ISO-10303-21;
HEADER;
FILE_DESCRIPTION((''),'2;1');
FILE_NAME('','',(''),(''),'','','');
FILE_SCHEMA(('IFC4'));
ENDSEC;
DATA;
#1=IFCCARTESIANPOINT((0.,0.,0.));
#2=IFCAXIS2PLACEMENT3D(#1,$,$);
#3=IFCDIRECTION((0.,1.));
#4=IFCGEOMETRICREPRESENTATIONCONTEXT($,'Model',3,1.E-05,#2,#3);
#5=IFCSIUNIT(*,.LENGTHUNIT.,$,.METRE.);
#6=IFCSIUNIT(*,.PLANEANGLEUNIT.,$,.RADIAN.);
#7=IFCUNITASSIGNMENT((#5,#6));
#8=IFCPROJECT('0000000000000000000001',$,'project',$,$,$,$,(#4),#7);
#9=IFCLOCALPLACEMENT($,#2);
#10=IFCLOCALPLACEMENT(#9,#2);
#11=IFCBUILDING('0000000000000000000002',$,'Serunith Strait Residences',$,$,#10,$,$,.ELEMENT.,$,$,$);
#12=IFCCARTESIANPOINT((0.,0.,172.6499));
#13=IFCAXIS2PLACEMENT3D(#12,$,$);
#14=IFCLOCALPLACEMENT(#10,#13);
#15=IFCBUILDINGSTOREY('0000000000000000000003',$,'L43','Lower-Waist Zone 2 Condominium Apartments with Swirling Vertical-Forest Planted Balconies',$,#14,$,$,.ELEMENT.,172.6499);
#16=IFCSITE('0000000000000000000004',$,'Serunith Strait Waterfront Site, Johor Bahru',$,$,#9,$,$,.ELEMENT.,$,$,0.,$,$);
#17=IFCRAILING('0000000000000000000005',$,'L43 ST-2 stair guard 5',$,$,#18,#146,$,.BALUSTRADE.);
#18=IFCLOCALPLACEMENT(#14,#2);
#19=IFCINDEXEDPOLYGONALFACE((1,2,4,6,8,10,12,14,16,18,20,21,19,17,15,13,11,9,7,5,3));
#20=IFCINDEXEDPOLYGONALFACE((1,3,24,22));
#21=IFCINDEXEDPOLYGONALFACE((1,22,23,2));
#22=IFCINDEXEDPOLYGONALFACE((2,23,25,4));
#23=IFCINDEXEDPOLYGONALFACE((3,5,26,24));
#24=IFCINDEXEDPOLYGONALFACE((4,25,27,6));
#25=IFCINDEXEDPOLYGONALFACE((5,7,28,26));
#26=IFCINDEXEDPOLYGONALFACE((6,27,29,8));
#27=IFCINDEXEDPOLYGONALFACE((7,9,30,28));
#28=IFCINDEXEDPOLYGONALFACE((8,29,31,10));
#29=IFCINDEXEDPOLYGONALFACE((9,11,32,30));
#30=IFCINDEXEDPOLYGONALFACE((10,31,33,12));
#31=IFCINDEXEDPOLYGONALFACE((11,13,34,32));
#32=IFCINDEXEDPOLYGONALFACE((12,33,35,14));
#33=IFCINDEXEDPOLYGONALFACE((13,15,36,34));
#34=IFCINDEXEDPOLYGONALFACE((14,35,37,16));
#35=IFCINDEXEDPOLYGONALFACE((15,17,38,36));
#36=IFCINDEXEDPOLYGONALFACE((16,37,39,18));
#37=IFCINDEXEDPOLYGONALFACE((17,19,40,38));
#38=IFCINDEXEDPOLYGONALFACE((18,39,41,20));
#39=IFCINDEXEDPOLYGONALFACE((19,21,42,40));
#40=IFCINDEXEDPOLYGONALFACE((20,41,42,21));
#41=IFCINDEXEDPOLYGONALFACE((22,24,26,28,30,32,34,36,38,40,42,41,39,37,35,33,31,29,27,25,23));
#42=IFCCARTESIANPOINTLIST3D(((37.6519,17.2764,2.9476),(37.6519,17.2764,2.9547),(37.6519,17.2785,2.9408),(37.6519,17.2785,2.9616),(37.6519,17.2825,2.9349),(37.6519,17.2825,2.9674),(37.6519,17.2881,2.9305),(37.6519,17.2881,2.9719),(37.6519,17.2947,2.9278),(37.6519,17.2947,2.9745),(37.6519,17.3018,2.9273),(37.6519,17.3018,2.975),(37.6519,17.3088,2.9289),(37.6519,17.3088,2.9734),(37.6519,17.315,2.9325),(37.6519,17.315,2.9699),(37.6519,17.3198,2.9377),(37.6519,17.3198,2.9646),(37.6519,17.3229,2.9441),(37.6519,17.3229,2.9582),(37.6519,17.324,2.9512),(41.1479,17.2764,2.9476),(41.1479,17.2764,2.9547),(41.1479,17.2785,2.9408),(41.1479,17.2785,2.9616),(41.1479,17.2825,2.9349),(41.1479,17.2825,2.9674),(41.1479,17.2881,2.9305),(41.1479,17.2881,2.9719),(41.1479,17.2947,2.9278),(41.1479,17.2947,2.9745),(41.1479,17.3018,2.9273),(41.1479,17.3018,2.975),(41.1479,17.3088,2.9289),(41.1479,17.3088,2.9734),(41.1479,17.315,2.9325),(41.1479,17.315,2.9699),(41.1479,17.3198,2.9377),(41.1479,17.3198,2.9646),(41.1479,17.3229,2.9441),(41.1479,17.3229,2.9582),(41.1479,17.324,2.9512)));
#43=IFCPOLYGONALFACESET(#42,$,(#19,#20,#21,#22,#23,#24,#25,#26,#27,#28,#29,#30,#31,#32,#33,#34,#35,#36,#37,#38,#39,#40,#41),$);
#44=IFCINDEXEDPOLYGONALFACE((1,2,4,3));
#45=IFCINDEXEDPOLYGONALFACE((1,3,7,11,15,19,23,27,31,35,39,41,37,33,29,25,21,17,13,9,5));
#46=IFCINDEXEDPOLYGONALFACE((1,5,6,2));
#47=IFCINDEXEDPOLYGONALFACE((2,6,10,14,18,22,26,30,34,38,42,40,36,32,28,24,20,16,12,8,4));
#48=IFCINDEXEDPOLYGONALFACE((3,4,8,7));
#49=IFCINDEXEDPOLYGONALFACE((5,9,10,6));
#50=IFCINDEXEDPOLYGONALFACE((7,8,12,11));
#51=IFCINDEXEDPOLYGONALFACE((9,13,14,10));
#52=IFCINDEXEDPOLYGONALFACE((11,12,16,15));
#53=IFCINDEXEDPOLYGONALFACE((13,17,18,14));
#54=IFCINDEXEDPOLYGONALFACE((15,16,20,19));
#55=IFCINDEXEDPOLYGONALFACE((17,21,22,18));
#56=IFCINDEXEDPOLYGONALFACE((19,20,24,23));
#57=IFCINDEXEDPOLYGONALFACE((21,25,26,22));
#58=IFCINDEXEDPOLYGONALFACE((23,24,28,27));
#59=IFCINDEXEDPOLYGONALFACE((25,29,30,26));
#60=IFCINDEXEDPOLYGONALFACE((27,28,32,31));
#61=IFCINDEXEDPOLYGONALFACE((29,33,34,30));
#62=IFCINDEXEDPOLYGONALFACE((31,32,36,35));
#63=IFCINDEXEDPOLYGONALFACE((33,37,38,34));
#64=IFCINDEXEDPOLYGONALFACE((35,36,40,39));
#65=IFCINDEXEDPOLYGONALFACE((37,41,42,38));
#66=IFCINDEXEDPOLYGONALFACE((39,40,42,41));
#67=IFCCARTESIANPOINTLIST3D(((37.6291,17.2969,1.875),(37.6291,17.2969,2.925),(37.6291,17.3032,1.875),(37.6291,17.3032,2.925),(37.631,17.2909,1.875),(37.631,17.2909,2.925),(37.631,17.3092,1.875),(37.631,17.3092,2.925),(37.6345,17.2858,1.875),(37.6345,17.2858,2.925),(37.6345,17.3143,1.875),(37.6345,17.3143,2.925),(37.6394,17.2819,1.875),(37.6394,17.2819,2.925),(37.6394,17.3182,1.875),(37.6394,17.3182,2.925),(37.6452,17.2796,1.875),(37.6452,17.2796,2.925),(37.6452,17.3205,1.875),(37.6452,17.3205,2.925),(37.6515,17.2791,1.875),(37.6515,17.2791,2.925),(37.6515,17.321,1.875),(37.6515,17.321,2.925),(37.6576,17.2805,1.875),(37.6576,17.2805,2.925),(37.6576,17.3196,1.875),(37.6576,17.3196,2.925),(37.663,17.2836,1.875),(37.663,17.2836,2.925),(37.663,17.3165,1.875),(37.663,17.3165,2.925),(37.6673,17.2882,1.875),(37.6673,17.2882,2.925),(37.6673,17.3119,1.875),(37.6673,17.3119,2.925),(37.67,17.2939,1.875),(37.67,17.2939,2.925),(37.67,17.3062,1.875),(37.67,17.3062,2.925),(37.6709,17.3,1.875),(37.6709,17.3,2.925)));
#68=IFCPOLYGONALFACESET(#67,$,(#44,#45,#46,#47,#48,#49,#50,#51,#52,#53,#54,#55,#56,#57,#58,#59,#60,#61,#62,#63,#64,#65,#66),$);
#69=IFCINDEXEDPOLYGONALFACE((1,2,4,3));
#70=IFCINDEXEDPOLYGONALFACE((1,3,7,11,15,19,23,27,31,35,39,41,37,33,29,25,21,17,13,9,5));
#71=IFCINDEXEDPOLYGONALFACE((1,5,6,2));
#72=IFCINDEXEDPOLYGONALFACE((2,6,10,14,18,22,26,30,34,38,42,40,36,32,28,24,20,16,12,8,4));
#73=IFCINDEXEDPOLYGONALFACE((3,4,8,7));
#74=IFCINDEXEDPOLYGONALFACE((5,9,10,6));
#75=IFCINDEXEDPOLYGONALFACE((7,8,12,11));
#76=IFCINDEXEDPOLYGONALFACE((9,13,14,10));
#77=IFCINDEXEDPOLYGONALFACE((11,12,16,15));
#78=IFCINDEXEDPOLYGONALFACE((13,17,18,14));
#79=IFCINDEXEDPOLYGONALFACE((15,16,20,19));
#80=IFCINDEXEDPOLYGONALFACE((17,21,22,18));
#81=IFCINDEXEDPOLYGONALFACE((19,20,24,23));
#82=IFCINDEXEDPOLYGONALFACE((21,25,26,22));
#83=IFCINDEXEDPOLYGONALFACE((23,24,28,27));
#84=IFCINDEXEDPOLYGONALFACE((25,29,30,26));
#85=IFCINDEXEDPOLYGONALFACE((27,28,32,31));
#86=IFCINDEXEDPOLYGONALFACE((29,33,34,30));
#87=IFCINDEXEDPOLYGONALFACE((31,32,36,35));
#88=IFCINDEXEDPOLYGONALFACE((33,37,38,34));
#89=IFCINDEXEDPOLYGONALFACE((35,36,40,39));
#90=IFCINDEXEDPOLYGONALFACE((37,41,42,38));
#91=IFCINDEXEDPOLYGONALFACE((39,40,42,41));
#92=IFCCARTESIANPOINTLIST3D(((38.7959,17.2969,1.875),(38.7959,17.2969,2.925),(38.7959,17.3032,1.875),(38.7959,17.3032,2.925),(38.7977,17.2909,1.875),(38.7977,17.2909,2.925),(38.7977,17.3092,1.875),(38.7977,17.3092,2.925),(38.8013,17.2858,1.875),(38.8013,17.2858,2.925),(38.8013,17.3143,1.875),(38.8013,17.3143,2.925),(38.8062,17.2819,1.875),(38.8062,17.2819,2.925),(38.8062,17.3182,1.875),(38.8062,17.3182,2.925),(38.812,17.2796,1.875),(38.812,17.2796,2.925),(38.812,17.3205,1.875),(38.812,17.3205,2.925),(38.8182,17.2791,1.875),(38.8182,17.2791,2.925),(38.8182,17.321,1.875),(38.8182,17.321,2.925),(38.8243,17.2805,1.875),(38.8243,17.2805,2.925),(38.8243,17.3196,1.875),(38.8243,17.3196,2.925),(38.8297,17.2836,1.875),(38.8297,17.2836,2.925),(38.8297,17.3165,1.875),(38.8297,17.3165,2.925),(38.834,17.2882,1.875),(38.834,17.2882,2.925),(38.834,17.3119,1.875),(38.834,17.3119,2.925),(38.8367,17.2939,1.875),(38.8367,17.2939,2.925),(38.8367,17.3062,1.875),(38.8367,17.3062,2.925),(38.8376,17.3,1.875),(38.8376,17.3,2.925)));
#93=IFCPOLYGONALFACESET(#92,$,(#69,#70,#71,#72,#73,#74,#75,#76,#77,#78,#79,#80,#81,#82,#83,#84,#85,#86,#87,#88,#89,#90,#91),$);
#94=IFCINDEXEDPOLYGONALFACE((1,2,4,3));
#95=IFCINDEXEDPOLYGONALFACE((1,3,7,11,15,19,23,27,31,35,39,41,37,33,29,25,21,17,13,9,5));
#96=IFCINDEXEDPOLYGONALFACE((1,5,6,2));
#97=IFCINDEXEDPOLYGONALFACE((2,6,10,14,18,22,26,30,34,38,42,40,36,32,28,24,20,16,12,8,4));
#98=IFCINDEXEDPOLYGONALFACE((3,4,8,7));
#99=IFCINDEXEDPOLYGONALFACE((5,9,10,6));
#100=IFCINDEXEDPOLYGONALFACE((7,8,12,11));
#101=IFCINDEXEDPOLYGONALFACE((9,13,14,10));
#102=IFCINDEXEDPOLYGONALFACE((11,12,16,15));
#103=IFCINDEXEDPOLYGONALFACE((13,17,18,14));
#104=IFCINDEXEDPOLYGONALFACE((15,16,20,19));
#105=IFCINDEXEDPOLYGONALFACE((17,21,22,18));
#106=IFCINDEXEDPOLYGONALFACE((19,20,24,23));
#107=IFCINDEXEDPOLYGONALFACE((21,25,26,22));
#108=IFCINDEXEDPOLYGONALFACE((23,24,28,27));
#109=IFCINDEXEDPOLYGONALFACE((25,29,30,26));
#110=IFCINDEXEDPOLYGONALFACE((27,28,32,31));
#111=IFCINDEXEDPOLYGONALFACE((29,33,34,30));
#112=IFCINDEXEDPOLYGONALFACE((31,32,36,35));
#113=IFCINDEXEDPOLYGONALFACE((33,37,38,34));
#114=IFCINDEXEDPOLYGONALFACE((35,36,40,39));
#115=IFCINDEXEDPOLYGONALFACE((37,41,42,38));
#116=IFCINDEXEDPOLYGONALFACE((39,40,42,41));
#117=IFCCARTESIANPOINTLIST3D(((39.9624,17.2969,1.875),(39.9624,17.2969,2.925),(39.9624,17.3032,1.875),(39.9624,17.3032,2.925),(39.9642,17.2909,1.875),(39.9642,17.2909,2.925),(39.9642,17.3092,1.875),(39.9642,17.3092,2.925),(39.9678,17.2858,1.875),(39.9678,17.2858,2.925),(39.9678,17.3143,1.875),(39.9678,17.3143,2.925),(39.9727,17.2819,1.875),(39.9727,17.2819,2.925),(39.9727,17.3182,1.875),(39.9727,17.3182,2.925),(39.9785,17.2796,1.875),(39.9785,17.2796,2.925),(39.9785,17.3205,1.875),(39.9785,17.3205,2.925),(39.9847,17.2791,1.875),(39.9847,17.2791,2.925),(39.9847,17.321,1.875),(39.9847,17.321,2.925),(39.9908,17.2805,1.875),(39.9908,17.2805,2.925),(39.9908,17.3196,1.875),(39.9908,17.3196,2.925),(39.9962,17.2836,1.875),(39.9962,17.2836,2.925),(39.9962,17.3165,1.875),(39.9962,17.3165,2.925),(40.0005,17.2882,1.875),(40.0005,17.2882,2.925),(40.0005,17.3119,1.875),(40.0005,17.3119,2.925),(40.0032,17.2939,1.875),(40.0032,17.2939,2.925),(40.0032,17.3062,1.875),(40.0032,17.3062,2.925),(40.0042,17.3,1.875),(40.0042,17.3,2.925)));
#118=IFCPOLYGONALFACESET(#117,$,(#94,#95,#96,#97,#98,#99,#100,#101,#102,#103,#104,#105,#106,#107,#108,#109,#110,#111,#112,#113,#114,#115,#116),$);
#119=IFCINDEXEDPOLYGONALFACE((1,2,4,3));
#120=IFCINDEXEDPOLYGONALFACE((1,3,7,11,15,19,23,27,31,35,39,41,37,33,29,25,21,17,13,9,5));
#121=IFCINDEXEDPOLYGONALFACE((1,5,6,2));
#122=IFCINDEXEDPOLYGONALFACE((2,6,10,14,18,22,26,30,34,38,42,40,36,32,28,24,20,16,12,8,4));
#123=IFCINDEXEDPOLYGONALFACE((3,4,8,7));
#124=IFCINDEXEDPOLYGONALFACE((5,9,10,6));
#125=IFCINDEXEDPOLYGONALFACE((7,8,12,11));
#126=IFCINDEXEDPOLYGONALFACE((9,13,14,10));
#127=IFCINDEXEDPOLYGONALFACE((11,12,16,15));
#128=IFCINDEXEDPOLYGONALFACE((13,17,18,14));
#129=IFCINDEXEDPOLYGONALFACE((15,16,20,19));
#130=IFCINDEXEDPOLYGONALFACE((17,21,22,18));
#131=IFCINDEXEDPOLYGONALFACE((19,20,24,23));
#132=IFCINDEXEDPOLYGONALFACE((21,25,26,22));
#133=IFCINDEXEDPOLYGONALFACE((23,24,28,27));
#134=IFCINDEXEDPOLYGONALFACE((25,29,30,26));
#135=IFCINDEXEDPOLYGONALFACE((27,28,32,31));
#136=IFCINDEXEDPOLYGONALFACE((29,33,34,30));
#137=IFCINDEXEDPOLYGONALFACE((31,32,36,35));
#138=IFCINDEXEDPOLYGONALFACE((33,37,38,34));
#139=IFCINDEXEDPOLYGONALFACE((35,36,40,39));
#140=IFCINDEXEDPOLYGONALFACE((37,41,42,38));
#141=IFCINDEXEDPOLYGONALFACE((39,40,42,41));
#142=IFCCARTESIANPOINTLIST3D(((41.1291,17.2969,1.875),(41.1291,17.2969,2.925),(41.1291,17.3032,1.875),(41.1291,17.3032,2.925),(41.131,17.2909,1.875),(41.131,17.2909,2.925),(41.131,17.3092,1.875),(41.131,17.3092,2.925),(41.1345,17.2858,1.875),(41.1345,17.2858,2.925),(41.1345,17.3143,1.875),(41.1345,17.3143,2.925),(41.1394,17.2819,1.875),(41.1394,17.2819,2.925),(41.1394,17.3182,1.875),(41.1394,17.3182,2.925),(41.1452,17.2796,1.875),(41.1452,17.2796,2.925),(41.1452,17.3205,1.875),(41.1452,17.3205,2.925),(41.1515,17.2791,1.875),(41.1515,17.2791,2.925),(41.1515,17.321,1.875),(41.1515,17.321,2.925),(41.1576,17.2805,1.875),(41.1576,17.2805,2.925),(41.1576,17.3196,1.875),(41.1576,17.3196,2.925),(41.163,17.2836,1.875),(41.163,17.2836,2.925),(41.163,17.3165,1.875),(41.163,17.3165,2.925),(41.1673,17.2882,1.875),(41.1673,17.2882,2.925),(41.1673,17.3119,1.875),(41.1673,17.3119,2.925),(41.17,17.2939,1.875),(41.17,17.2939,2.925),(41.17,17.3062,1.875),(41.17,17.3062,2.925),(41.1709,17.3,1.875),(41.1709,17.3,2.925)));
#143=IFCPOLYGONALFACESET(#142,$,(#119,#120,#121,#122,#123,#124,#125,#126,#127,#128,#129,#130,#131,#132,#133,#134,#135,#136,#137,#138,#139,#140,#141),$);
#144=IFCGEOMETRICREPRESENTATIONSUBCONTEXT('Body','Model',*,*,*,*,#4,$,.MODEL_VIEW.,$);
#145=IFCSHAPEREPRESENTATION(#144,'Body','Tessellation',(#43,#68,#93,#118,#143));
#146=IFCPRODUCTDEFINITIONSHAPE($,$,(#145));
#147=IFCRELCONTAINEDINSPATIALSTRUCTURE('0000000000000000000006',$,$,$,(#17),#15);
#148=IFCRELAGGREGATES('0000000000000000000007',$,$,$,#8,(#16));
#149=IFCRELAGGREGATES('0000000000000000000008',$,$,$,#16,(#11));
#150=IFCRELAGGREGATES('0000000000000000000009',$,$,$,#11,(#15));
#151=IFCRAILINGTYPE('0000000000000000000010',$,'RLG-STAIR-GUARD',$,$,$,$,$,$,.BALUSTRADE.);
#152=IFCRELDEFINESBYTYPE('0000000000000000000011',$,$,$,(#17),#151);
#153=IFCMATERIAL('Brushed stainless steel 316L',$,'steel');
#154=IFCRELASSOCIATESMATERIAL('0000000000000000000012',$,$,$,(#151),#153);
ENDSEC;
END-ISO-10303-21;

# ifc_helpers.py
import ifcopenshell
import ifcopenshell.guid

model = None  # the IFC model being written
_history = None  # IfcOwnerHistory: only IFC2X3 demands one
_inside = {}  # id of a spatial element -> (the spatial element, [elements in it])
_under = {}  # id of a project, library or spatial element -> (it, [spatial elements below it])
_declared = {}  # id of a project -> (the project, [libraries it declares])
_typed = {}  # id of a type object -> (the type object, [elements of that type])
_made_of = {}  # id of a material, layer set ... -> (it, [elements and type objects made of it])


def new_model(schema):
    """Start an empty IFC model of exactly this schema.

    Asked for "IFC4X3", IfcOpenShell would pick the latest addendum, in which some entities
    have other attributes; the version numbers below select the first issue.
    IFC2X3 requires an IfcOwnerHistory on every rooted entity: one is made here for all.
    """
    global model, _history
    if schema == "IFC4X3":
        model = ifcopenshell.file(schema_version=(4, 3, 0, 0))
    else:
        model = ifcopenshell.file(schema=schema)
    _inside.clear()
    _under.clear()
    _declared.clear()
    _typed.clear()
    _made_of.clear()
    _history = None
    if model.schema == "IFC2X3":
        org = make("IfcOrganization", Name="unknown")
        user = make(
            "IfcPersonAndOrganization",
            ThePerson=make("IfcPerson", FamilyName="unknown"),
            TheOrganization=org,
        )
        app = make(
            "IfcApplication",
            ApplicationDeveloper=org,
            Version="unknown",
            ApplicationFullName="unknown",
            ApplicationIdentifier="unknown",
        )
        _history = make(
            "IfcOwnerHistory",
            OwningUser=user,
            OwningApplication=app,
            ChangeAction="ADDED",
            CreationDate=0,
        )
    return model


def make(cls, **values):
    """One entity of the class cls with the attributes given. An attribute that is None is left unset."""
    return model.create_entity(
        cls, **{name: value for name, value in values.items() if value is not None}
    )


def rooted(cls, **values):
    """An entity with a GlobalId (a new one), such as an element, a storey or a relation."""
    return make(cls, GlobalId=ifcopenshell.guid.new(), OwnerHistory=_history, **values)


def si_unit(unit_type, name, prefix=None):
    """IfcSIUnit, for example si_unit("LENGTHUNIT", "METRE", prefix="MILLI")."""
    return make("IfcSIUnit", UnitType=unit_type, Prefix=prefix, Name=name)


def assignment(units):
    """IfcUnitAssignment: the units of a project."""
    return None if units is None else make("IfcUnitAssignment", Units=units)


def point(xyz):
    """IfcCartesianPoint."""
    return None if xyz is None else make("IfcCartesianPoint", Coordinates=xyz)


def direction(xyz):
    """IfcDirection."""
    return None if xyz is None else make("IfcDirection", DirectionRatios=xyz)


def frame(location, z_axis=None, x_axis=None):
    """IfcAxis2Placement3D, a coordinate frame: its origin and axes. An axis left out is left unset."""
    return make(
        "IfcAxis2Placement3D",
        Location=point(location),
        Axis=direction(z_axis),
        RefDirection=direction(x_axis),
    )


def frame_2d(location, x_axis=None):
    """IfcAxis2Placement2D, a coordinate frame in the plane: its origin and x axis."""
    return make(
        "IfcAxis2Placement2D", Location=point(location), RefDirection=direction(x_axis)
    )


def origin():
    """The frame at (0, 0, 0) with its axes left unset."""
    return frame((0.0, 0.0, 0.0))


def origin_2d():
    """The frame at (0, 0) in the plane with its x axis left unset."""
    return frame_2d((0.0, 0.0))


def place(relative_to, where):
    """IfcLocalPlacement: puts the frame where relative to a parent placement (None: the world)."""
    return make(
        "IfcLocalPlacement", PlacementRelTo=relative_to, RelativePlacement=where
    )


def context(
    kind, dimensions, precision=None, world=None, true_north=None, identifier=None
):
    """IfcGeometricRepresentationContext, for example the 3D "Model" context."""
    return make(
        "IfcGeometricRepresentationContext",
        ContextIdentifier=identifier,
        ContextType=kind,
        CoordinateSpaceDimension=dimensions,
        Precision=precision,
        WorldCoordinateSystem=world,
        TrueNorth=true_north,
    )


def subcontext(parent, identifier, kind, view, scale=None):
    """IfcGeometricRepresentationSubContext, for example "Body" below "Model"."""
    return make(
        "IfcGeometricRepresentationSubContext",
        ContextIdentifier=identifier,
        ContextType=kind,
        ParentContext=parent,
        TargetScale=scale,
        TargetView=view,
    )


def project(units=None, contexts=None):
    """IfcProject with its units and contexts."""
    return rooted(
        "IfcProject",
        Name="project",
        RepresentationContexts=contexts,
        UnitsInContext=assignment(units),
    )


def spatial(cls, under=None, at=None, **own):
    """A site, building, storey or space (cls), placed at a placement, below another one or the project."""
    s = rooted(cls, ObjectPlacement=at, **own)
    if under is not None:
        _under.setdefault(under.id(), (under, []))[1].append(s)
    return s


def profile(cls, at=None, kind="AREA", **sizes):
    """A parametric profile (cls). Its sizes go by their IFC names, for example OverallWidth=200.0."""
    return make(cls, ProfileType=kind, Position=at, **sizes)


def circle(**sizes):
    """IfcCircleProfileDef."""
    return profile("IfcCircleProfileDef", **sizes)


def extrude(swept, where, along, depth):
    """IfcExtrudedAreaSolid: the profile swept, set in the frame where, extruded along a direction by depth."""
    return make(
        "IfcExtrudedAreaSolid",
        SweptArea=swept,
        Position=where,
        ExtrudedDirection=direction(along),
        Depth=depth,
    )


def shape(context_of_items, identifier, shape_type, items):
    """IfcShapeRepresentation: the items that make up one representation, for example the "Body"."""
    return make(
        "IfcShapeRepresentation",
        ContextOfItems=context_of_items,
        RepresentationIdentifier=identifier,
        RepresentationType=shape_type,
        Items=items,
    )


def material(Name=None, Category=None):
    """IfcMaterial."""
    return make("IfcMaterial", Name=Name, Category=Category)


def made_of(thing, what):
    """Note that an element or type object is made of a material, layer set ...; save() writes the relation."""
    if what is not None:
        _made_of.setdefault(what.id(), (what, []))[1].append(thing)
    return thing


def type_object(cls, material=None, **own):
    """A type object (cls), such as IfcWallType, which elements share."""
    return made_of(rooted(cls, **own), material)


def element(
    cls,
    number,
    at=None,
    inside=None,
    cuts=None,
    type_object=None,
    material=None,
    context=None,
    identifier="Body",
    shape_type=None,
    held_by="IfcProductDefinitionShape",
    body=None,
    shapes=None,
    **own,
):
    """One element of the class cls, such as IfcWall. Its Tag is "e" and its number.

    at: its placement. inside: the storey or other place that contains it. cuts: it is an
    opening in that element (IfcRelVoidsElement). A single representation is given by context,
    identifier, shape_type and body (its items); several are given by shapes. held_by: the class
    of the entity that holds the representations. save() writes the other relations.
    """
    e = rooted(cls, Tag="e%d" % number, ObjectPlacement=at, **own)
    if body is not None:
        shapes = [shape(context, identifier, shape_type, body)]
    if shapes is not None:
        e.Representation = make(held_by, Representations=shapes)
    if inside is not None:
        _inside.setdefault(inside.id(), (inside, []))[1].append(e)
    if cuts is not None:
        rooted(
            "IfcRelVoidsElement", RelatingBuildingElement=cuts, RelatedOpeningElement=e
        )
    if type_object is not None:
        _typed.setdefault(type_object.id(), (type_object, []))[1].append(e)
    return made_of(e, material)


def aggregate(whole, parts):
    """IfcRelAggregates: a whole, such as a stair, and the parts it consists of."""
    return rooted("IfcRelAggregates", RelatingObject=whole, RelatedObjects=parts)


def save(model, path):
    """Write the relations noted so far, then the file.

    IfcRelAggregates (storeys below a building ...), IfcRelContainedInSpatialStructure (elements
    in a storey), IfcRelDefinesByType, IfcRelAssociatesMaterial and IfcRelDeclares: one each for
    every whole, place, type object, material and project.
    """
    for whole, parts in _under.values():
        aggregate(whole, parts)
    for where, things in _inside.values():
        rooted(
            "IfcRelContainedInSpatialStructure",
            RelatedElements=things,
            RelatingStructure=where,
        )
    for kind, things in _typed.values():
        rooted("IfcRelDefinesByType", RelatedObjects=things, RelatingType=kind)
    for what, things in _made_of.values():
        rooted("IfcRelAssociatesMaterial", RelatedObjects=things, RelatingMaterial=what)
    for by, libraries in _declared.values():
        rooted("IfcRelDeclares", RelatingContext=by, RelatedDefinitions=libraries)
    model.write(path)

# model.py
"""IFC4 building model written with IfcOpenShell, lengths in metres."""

from ifc_helpers import new_model, si_unit, direction, frame, origin, origin_2d, place, context, subcontext, project, spatial, circle, extrude, material, type_object, element, save


model = new_model("IFC4")

# Units and contexts
model_context = context("Model", 3, precision=1e-05, world=origin(), true_north=direction((0.0, 1.0)))
body_context = subcontext(model_context, "Body", "Model", "MODEL_VIEW")
ifc_project = project(units=[si_unit("LENGTHUNIT", "METRE"), si_unit("PLANEANGLEUNIT", "RADIAN")], contexts=[model_context])

# Site, building, storey
site_placement = place(None, origin())
site = spatial("IfcSite", under=ifc_project, at=site_placement, Name="Serunith Strait Waterfront Site, Johor Bahru", CompositionType="ELEMENT", RefElevation=0.0)
building_placement = place(site_placement, origin())
building = spatial("IfcBuilding", under=site, at=building_placement, Name="Serunith Strait Residences", CompositionType="ELEMENT")
storey_placement = place(building_placement, frame((0.0, 0.0, 172.6499)))
storey = spatial("IfcBuildingStorey", under=building, at=storey_placement, Name="L43", Description="Lower-Waist Zone 2 Condominium Apartments with Swirling Vertical-Forest Planted Balconies", CompositionType="ELEMENT", Elevation=172.6499)

# Railing
ifc_material_1 = material(Name="Brushed stainless steel 316L", Category="steel")
railing_type_1 = type_object("IfcRailingType", Name="RLG-STAIR-GUARD", PredefinedType="BALUSTRADE", material=ifc_material_1)
railing_1_placement = place(storey_placement, frame((37.6499, 17.3, 1.875)))
element("IfcRailing", 1, at=railing_1_placement, inside=storey, type_object=railing_type_1, Name="L43 ST-2 stair guard 5", PredefinedType="BALUSTRADE", context=body_context, shape_type="SweptSolid", body=[
    extrude(circle(Radius=0.0239, at=origin_2d()), frame((0.002, 0.0, 1.0762), z_axis=(1.0, 0.0, 0.0), x_axis=(0.0, 1.0, 0.0)), (0.0, 0.0, 1.0), 3.4961),
    extrude(circle(Radius=0.021, at=origin_2d()), origin(), (0.0, 0.0, 1.0), 1.05),
    extrude(circle(Radius=0.021, at=origin_2d()), frame((1.1667, 0.0, 0.0)), (0.0, 0.0, 1.0), 1.05),
    extrude(circle(Radius=0.021, at=origin_2d()), frame((2.3333, 0.0, 0.0)), (0.0, 0.0, 1.0), 1.05),
    extrude(circle(Radius=0.021, at=origin_2d()), frame((3.5, 0.0, 0.0)), (0.0, 0.0, 1.0), 1.05),
])

save(model, "model.ifc")
